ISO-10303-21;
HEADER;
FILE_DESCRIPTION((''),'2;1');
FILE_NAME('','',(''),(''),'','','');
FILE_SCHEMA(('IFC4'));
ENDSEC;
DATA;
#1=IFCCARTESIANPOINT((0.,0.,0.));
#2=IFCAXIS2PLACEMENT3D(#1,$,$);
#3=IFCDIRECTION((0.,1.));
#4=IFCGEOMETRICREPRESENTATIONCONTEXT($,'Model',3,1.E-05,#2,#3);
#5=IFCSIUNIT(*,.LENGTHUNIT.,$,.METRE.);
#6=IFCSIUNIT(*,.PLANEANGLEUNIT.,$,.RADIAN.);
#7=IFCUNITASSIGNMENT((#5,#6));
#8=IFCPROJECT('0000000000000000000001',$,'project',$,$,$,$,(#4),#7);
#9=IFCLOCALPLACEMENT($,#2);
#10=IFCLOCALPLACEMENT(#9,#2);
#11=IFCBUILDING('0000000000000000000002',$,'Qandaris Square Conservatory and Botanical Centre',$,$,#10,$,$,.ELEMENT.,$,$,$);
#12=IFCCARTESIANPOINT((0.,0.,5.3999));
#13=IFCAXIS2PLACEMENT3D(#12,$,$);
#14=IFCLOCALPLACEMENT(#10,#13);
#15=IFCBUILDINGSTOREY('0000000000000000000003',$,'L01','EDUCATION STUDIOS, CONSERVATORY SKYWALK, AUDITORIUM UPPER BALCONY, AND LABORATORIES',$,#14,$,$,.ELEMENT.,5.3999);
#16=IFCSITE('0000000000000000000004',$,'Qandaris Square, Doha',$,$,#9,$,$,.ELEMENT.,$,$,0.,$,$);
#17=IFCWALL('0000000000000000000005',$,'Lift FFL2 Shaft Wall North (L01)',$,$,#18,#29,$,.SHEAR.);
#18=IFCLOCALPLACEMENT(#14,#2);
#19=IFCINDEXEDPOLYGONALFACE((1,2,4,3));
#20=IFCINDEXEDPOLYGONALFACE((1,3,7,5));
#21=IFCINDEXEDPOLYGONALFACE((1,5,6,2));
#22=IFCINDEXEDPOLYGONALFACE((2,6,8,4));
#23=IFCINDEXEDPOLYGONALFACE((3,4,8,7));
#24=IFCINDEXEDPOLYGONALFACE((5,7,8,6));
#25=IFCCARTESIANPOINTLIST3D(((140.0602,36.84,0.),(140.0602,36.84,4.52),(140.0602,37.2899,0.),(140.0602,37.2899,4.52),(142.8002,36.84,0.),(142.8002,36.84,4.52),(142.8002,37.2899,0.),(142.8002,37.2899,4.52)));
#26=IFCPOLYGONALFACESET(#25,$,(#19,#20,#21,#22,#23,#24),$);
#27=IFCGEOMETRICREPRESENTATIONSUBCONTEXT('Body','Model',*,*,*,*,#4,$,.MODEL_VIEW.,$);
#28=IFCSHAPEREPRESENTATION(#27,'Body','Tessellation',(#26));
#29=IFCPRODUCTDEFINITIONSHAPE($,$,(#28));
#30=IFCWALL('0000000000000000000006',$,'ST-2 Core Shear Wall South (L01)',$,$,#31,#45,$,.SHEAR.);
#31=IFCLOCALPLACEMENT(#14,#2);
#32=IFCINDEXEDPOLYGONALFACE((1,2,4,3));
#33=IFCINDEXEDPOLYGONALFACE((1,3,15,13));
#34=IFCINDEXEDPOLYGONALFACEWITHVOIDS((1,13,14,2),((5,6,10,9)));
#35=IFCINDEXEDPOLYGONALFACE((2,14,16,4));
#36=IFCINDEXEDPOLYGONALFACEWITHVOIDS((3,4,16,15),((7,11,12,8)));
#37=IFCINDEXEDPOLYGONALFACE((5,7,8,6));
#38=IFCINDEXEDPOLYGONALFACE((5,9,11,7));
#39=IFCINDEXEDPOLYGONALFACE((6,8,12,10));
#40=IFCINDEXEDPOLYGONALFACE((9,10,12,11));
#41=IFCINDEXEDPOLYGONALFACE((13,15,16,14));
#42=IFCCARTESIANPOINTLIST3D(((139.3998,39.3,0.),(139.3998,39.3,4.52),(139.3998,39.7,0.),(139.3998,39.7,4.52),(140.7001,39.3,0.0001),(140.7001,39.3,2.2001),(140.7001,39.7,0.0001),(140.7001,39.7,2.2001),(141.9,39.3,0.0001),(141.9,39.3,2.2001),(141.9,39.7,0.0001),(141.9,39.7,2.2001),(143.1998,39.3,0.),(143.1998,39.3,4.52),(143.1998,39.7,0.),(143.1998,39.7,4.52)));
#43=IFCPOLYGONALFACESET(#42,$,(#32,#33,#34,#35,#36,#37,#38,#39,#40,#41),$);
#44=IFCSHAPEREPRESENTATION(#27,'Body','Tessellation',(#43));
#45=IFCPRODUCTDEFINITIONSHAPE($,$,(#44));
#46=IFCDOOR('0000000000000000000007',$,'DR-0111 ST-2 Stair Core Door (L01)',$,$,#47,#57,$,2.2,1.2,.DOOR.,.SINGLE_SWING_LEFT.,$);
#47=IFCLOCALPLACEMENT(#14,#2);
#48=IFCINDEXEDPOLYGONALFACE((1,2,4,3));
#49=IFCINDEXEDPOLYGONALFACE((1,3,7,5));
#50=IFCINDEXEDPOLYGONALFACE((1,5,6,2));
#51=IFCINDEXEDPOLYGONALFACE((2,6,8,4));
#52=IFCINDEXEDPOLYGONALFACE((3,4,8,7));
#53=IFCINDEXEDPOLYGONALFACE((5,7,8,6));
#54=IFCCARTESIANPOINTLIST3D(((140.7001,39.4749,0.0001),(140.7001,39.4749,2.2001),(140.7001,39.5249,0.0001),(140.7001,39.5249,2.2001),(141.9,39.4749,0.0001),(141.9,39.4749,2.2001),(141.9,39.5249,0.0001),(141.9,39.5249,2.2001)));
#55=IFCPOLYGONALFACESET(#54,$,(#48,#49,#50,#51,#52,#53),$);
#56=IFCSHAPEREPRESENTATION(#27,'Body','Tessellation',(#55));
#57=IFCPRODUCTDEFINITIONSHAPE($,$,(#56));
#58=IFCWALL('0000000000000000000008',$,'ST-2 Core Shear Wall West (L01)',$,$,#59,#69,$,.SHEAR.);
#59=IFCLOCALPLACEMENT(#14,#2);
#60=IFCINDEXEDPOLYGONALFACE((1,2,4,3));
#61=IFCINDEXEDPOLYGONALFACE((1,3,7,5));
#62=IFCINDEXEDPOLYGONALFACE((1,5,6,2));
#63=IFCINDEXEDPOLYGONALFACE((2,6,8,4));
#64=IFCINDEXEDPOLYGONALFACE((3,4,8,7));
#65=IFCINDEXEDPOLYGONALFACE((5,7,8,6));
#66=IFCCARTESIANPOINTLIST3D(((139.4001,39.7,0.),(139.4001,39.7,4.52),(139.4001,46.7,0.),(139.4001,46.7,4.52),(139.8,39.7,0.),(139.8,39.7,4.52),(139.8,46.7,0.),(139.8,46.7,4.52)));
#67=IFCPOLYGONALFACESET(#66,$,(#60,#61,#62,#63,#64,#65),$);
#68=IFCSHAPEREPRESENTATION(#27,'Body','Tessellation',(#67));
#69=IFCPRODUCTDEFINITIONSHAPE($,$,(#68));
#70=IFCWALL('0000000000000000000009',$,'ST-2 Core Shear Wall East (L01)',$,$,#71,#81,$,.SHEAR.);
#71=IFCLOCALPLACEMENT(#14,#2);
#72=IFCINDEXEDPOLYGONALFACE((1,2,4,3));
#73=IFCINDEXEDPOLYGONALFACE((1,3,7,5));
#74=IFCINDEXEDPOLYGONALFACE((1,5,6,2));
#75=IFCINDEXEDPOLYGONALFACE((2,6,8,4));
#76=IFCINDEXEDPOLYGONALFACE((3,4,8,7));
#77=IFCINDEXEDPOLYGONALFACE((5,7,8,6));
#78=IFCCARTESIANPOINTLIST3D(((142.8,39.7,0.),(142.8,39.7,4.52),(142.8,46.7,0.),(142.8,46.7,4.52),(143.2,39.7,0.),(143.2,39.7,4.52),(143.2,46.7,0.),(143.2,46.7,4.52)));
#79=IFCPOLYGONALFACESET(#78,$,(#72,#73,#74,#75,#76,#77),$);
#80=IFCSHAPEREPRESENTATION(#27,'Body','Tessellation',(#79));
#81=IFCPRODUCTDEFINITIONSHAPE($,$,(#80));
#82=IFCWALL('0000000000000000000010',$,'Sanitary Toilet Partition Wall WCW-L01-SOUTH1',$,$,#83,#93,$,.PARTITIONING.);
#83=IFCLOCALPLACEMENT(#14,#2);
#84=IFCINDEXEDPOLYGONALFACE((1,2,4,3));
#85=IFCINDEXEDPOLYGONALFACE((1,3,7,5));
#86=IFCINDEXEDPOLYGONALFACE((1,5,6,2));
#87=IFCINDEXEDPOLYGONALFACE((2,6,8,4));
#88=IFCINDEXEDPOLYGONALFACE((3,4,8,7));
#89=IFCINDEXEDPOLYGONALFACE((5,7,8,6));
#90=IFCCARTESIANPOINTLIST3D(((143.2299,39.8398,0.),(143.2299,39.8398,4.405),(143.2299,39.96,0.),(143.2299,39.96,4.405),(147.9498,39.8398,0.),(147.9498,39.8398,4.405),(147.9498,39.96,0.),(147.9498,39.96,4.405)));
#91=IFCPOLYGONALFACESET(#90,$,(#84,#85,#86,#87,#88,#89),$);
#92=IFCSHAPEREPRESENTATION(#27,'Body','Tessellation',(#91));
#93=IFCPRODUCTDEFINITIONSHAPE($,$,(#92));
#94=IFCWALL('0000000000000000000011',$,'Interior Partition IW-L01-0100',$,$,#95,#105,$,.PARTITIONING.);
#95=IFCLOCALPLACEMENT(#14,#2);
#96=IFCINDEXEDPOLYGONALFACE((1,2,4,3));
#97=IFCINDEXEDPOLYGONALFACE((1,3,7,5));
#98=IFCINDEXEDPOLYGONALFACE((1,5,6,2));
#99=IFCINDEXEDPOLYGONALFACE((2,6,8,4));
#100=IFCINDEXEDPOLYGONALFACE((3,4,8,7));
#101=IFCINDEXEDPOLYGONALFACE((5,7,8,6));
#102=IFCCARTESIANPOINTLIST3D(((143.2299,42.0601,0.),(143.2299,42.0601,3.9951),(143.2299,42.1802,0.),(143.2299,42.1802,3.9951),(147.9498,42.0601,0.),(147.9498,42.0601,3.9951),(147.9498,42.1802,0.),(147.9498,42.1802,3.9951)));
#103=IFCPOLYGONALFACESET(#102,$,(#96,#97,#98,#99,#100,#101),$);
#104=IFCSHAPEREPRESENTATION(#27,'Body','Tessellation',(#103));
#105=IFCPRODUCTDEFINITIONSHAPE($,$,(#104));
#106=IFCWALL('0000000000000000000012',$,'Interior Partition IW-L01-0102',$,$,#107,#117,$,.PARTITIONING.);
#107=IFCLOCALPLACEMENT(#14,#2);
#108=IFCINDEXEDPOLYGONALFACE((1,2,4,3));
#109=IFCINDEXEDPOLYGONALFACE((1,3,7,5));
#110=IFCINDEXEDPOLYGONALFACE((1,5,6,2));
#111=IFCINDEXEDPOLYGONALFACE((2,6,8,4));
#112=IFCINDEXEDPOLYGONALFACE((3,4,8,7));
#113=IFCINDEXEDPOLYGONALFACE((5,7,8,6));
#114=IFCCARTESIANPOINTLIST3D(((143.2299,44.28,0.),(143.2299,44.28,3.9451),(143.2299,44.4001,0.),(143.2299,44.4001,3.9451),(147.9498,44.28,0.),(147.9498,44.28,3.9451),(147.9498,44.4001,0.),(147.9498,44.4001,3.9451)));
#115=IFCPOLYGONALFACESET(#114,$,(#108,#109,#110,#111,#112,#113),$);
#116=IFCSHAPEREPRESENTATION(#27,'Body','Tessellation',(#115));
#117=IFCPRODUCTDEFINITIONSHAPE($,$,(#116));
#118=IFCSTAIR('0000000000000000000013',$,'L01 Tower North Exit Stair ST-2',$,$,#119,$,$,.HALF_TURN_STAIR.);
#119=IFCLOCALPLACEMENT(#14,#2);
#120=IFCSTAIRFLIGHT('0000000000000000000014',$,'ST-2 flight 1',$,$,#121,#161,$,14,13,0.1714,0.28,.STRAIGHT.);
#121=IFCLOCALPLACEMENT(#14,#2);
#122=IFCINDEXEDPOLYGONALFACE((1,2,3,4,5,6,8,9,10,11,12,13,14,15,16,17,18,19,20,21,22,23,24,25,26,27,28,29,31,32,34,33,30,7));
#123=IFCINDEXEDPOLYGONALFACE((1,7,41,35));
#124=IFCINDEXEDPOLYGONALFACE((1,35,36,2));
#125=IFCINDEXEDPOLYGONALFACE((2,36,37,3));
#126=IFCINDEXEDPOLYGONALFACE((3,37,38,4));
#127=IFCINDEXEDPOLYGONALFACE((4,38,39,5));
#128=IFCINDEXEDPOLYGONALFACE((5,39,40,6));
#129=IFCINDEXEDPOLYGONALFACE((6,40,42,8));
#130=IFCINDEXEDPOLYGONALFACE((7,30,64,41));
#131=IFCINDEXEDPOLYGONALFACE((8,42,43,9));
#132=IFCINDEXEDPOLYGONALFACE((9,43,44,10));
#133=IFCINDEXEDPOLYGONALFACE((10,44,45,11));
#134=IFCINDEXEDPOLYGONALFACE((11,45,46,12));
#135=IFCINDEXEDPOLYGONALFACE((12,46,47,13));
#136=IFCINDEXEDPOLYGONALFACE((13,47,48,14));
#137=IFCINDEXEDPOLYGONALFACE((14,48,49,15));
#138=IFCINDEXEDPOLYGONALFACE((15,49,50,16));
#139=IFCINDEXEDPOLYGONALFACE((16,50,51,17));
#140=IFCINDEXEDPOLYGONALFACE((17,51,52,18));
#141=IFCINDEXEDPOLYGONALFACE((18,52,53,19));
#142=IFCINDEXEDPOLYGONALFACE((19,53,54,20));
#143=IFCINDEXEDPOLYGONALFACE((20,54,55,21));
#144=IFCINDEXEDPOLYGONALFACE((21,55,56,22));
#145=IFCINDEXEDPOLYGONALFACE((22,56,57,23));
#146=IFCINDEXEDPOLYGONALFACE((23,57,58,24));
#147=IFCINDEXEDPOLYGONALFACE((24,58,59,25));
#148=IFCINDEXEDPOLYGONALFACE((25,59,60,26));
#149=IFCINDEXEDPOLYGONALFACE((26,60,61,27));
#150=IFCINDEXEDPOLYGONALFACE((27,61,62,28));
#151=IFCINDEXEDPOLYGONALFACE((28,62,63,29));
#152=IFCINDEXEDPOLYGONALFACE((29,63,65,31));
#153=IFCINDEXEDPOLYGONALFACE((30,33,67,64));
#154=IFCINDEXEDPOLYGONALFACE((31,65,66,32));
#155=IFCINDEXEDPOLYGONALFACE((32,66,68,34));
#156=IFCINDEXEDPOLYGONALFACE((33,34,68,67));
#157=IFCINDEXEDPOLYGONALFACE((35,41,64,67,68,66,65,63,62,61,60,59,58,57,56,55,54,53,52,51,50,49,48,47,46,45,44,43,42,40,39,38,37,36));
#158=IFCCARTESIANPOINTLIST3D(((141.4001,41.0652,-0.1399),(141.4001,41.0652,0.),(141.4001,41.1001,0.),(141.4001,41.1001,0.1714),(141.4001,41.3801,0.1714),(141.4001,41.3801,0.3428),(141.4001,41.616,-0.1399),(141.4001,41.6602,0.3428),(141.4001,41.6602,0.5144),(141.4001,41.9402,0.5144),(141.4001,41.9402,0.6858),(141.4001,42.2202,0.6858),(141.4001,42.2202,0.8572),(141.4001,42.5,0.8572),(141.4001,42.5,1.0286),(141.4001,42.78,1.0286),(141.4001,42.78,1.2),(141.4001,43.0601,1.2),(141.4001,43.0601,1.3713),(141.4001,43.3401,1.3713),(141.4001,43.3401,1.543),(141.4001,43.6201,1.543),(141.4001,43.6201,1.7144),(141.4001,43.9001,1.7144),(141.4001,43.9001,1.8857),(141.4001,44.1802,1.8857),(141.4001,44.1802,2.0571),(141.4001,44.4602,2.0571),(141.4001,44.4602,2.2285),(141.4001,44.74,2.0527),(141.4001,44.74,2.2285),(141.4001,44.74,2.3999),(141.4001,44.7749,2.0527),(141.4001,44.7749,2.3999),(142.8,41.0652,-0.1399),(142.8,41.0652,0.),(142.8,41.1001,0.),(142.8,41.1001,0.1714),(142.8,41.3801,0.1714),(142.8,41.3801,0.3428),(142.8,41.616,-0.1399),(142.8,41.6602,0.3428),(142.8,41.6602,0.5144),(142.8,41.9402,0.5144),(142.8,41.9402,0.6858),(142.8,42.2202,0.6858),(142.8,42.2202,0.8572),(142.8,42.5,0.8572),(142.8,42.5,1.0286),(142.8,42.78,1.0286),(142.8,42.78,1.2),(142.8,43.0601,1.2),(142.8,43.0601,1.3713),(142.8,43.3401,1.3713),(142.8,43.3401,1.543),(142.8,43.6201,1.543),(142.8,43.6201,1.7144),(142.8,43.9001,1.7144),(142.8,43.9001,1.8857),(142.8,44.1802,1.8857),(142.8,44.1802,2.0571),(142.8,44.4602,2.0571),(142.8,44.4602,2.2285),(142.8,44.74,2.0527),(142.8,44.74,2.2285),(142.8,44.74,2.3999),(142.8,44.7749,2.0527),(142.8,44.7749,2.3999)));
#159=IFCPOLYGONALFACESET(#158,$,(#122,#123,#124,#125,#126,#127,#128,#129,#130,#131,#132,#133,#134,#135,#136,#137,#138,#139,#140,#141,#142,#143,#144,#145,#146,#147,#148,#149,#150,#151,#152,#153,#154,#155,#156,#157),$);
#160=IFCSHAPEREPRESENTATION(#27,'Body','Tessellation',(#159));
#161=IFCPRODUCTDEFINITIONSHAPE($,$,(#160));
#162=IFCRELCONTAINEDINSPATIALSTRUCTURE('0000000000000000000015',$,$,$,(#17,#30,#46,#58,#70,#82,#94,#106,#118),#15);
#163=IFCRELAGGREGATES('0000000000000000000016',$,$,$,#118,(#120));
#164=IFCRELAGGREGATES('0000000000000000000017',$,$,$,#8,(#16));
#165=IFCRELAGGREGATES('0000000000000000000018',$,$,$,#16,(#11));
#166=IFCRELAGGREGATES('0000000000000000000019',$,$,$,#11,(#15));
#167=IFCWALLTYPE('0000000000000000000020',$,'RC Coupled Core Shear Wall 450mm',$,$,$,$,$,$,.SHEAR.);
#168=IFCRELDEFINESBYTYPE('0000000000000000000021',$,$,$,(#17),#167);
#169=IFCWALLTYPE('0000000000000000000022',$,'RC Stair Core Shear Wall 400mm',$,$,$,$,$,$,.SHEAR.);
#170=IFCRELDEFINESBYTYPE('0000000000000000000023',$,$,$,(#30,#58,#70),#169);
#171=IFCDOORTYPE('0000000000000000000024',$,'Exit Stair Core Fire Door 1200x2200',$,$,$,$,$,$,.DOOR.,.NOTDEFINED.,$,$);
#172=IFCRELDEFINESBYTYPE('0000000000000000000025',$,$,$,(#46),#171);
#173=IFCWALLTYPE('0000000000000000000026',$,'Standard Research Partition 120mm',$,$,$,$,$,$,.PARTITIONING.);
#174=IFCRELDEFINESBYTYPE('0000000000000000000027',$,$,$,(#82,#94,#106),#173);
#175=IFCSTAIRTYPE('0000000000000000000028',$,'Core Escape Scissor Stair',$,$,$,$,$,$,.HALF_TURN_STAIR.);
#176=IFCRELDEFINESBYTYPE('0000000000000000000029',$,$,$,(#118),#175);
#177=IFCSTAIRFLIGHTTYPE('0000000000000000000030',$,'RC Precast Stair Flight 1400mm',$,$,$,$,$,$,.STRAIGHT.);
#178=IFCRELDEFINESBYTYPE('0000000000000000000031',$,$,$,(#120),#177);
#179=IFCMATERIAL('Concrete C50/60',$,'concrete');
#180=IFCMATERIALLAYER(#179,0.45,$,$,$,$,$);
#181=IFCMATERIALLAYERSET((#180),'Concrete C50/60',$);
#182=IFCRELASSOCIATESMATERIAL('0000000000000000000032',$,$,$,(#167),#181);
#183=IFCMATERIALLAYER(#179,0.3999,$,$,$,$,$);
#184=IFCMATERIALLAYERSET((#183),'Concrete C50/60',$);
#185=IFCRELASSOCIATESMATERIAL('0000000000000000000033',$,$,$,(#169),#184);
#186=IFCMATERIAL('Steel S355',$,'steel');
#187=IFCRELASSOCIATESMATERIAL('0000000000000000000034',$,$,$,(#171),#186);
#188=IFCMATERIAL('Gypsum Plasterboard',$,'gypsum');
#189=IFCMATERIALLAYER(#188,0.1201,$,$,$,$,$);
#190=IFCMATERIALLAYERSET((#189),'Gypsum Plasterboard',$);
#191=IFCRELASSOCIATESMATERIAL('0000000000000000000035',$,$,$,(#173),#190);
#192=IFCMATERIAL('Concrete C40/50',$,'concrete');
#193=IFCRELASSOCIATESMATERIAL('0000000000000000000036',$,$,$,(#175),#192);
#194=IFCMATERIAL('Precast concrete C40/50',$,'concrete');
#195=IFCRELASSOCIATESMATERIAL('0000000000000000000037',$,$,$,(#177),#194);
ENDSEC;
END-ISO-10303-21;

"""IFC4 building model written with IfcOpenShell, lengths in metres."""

from ifc_helpers import new_model, si_unit, direction, frame, frame_2d, origin, place, context, subcontext, project, spatial, polyline, rectangle, outline, extrude, material, layer, layer_set, type_object, element, fill, aggregate, save


model = new_model("IFC4")

# Units and contexts
model_context = context("Model", 3, precision=1e-05, world=origin(), true_north=direction((0.0, 1.0)))
body_context = subcontext(model_context, "Body", "Model", "MODEL_VIEW")
ifc_project = project(units=[si_unit("LENGTHUNIT", "METRE"), si_unit("PLANEANGLEUNIT", "RADIAN")], contexts=[model_context])

# Site, building, storey
site_placement = place(None, origin())
site = spatial("IfcSite", under=ifc_project, at=site_placement, Name="Qandaris Square, Doha", CompositionType="ELEMENT", RefElevation=0.0)
building_placement = place(site_placement, origin())
building = spatial("IfcBuilding", under=site, at=building_placement, Name="Qandaris Square Conservatory and Botanical Centre", CompositionType="ELEMENT")
storey_placement = place(building_placement, frame((0.0, 0.0, 5.3999)))
storey = spatial("IfcBuildingStorey", under=building, at=storey_placement, Name="L01", Description="EDUCATION STUDIOS, CONSERVATORY SKYWALK, AUDITORIUM UPPER BALCONY, AND LABORATORIES", CompositionType="ELEMENT", Elevation=5.3999)

# Shared definitions
ifc_material_1 = material(Name="Concrete C50/60", Category="concrete")

# Shared definitions
ifc_material_2 = material(Name="Steel S355", Category="steel")

# Shared definitions
ifc_material_3 = material(Name="Concrete C40/50", Category="concrete")

# Wall
ifc_layer_1 = layer(ifc_material_1, 0.45)
ifc_layer_set_1 = layer_set([ifc_layer_1], Name="Concrete C50/60")
wall_type_1 = type_object("IfcWallType", Name="RC Coupled Core Shear Wall 450mm", PredefinedType="SHEAR", material=ifc_layer_set_1)
wall_1_placement = place(storey_placement, frame((140.0601, 37.0649, 0.0), z_axis=(0.0, 0.0, 1.0), x_axis=(1.0, 0.0, 0.0)))
element("IfcWall", 1, at=wall_1_placement, inside=storey, type_object=wall_type_1, Name="Lift FFL2 Shaft Wall North (L01)", PredefinedType="SHEAR", context=body_context, shape_type="SweptSolid", body=[
    extrude(rectangle(XDim=2.74, YDim=0.45, at=frame_2d((1.3701, 0.0))), origin(), (0.0, 0.0, 1.0), 4.52),
])

# Wall, opening, door
ifc_layer_2 = layer(ifc_material_1, 0.3999)
ifc_layer_set_2 = layer_set([ifc_layer_2], Name="Concrete C50/60")
wall_type_2 = type_object("IfcWallType", Name="RC Stair Core Shear Wall 400mm", PredefinedType="SHEAR", material=ifc_layer_set_2)
wall_2_placement = place(storey_placement, frame((139.3999, 39.5, 0.0), z_axis=(0.0, 0.0, 1.0), x_axis=(1.0, 0.0, 0.0)))
wall_2 = element("IfcWall", 2, at=wall_2_placement, inside=storey, type_object=wall_type_2, Name="ST-2 Core Shear Wall South (L01)", PredefinedType="SHEAR", context=body_context, shape_type="SweptSolid", body=[
    extrude(rectangle(XDim=3.8, YDim=0.3999, at=frame_2d((1.8999, 0.0))), origin(), (0.0, 0.0, 1.0), 4.52),
])
opening_1_placement = place(wall_2_placement, frame((1.3, 0.0, 0.0)))
opening_1 = element("IfcOpeningElement", 3, at=opening_1_placement, cuts=wall_2, PredefinedType="OPENING", context=body_context, shape_type="SweptSolid", body=[
    extrude(rectangle(XDim=1.2, YDim=2.2, at=frame_2d((0.6001, 1.1001))), frame((0.0, 0.2119, 0.0), z_axis=(0.0, -1.0, 0.0), x_axis=(1.0, 0.0, 0.0)), (0.0, 0.0, 1.0), 0.4238),
])
door_type_1 = type_object("IfcDoorType", Name="Exit Stair Core Fire Door 1200x2200", OperationType="NOTDEFINED", PredefinedType="DOOR", material=ifc_material_2)
door_1_placement = place(opening_1_placement, origin())
door_1 = element("IfcDoor", 4, at=door_1_placement, inside=storey, type_object=door_type_1, Name="DR-0111 ST-2 Stair Core Door (L01)", OperationType="SINGLE_SWING_LEFT", OverallHeight=2.2, OverallWidth=1.2, PredefinedType="DOOR", context=body_context, shape_type="SweptSolid", body=[
    extrude(rectangle(XDim=1.2, YDim=2.2, at=frame_2d((0.6001, 1.1001))), frame((0.0, 0.0249, 0.0), z_axis=(0.0, -1.0, 0.0), x_axis=(1.0, 0.0, 0.0)), (0.0, 0.0, 1.0), 0.05),
])
fill(opening_1, door_1)

# Walls
for number, where, z_axis, x_axis, name in (
    (5, (139.6001, 39.7, 0.0), (0.0, 0.0, 1.0), (0.0, 1.0, 0.0), "ST-2 Core Shear Wall West (L01)"),
    (6, (143.0, 39.7, 0.0), (0.0, 0.0, 1.0), (0.0, 1.0, 0.0), "ST-2 Core Shear Wall East (L01)"),
):
    element("IfcWall", number, at=place(storey_placement, frame(where, z_axis=z_axis, x_axis=x_axis)), inside=storey, type_object=wall_type_2, Name=name, PredefinedType="SHEAR", context=body_context, shape_type="SweptSolid", body=[
        extrude(rectangle(XDim=7.0, YDim=0.3999, at=frame_2d((3.5, 0.0))), origin(), (0.0, 0.0, 1.0), 4.52),
    ])
ifc_material_4 = material(Name="Gypsum Plasterboard", Category="gypsum")
ifc_layer_3 = layer(ifc_material_4, 0.1201)
ifc_layer_set_3 = layer_set([ifc_layer_3], Name="Gypsum Plasterboard")
wall_type_3 = type_object("IfcWallType", Name="Standard Research Partition 120mm", PredefinedType="PARTITIONING", material=ifc_layer_set_3)
wall_3_placement = place(storey_placement, frame((143.23, 39.8999, 0.0), z_axis=(0.0, 0.0, 1.0), x_axis=(1.0, 0.0, 0.0)))
element("IfcWall", 7, at=wall_3_placement, inside=storey, type_object=wall_type_3, Name="Sanitary Toilet Partition Wall WCW-L01-SOUTH1", PredefinedType="PARTITIONING", context=body_context, shape_type="SweptSolid", body=[
    extrude(rectangle(XDim=4.72, YDim=0.1201, at=frame_2d((2.3599, 0.0))), origin(), (0.0, 0.0, 1.0), 4.405),
])
wall_4_placement = place(storey_placement, frame((143.23, 42.1201, 0.0), z_axis=(0.0, 0.0, 1.0), x_axis=(1.0, 0.0, 0.0)))
element("IfcWall", 8, at=wall_4_placement, inside=storey, type_object=wall_type_3, Name="Interior Partition IW-L01-0100", PredefinedType="PARTITIONING", context=body_context, shape_type="SweptSolid", body=[
    extrude(rectangle(XDim=4.72, YDim=0.1201, at=frame_2d((2.3599, 0.0))), origin(), (0.0, 0.0, 1.0), 3.9951),
])

# Wall
wall_5_placement = place(storey_placement, frame((143.23, 44.3401, 0.0), z_axis=(0.0, 0.0, 1.0), x_axis=(1.0, 0.0, 0.0)))
element("IfcWall", 9, at=wall_5_placement, inside=storey, type_object=wall_type_3, Name="Interior Partition IW-L01-0102", PredefinedType="PARTITIONING", context=body_context, shape_type="SweptSolid", body=[
    extrude(rectangle(XDim=4.72, YDim=0.1201, at=frame_2d((2.3599, 0.0))), origin(), (0.0, 0.0, 1.0), 3.9451),
])

# Stair, stair flight
stair_type = type_object("IfcStairType", Name="Core Escape Scissor Stair", PredefinedType="HALF_TURN_STAIR", material=ifc_material_3)
stair_placement = place(storey_placement, origin())
stair = element("IfcStair", 10, at=stair_placement, inside=storey, type_object=stair_type, Name="L01 Tower North Exit Stair ST-2", PredefinedType="HALF_TURN_STAIR")
ifc_material_5 = material(Name="Precast concrete C40/50", Category="concrete")
stair_flight_type = type_object("IfcStairFlightType", Name="RC Precast Stair Flight 1400mm", PredefinedType="STRAIGHT", material=ifc_material_5)
stair_flight_1_placement = place(storey_placement, frame((142.1001, 41.1001, 0.0), z_axis=(0.0, 0.0, 1.0), x_axis=(0.0, 1.0, 0.0)))
stair_flight_1 = element("IfcStairFlight", 11, at=stair_flight_1_placement, type_object=stair_flight_type, Name="ST-2 flight 1", NumberOfRisers=14, NumberOfTreads=13, PredefinedType="STRAIGHT", RiserHeight=0.1714, TreadLength=0.28, context=body_context, shape_type="SweptSolid", body=[
    extrude(outline(polyline([(-0.0349, 0.0), (0.0, 0.0), (0.0, 0.1714), (0.28, 0.1714), (0.28, 0.3428), (0.5601, 0.3428), (0.5601, 0.5144), (0.8401, 0.5144), (0.8401, 0.6858), (1.1201, 0.6858), (1.1201, 0.8572), (1.3999, 0.8572), (1.3999, 1.0286), (1.6799, 1.0286), (1.6799, 1.2), (1.96, 1.2), (1.96, 1.3713), (2.24, 1.3713), (2.24, 1.543), (2.52, 1.543), (2.52, 1.7144), (2.8, 1.7144), (2.8, 1.8857), (3.0801, 1.8857), (3.0801, 2.0571), (3.3601, 2.0571), (3.3601, 2.2285), (3.6399, 2.2285), (3.6399, 2.3999), (3.6748, 2.3999), (3.6748, 2.0527), (3.6399, 2.0527), (0.5159, -0.1399), (-0.0349, -0.1399), (-0.0349, 0.0)])), frame((0.0, 0.7, 0.0), z_axis=(0.0, -1.0, 0.0), x_axis=(1.0, 0.0, 0.0)), (0.0, 0.0, 1.0), 1.3999),
])
aggregate(stair, [stair_flight_1])

save(model, "model.ifc")
